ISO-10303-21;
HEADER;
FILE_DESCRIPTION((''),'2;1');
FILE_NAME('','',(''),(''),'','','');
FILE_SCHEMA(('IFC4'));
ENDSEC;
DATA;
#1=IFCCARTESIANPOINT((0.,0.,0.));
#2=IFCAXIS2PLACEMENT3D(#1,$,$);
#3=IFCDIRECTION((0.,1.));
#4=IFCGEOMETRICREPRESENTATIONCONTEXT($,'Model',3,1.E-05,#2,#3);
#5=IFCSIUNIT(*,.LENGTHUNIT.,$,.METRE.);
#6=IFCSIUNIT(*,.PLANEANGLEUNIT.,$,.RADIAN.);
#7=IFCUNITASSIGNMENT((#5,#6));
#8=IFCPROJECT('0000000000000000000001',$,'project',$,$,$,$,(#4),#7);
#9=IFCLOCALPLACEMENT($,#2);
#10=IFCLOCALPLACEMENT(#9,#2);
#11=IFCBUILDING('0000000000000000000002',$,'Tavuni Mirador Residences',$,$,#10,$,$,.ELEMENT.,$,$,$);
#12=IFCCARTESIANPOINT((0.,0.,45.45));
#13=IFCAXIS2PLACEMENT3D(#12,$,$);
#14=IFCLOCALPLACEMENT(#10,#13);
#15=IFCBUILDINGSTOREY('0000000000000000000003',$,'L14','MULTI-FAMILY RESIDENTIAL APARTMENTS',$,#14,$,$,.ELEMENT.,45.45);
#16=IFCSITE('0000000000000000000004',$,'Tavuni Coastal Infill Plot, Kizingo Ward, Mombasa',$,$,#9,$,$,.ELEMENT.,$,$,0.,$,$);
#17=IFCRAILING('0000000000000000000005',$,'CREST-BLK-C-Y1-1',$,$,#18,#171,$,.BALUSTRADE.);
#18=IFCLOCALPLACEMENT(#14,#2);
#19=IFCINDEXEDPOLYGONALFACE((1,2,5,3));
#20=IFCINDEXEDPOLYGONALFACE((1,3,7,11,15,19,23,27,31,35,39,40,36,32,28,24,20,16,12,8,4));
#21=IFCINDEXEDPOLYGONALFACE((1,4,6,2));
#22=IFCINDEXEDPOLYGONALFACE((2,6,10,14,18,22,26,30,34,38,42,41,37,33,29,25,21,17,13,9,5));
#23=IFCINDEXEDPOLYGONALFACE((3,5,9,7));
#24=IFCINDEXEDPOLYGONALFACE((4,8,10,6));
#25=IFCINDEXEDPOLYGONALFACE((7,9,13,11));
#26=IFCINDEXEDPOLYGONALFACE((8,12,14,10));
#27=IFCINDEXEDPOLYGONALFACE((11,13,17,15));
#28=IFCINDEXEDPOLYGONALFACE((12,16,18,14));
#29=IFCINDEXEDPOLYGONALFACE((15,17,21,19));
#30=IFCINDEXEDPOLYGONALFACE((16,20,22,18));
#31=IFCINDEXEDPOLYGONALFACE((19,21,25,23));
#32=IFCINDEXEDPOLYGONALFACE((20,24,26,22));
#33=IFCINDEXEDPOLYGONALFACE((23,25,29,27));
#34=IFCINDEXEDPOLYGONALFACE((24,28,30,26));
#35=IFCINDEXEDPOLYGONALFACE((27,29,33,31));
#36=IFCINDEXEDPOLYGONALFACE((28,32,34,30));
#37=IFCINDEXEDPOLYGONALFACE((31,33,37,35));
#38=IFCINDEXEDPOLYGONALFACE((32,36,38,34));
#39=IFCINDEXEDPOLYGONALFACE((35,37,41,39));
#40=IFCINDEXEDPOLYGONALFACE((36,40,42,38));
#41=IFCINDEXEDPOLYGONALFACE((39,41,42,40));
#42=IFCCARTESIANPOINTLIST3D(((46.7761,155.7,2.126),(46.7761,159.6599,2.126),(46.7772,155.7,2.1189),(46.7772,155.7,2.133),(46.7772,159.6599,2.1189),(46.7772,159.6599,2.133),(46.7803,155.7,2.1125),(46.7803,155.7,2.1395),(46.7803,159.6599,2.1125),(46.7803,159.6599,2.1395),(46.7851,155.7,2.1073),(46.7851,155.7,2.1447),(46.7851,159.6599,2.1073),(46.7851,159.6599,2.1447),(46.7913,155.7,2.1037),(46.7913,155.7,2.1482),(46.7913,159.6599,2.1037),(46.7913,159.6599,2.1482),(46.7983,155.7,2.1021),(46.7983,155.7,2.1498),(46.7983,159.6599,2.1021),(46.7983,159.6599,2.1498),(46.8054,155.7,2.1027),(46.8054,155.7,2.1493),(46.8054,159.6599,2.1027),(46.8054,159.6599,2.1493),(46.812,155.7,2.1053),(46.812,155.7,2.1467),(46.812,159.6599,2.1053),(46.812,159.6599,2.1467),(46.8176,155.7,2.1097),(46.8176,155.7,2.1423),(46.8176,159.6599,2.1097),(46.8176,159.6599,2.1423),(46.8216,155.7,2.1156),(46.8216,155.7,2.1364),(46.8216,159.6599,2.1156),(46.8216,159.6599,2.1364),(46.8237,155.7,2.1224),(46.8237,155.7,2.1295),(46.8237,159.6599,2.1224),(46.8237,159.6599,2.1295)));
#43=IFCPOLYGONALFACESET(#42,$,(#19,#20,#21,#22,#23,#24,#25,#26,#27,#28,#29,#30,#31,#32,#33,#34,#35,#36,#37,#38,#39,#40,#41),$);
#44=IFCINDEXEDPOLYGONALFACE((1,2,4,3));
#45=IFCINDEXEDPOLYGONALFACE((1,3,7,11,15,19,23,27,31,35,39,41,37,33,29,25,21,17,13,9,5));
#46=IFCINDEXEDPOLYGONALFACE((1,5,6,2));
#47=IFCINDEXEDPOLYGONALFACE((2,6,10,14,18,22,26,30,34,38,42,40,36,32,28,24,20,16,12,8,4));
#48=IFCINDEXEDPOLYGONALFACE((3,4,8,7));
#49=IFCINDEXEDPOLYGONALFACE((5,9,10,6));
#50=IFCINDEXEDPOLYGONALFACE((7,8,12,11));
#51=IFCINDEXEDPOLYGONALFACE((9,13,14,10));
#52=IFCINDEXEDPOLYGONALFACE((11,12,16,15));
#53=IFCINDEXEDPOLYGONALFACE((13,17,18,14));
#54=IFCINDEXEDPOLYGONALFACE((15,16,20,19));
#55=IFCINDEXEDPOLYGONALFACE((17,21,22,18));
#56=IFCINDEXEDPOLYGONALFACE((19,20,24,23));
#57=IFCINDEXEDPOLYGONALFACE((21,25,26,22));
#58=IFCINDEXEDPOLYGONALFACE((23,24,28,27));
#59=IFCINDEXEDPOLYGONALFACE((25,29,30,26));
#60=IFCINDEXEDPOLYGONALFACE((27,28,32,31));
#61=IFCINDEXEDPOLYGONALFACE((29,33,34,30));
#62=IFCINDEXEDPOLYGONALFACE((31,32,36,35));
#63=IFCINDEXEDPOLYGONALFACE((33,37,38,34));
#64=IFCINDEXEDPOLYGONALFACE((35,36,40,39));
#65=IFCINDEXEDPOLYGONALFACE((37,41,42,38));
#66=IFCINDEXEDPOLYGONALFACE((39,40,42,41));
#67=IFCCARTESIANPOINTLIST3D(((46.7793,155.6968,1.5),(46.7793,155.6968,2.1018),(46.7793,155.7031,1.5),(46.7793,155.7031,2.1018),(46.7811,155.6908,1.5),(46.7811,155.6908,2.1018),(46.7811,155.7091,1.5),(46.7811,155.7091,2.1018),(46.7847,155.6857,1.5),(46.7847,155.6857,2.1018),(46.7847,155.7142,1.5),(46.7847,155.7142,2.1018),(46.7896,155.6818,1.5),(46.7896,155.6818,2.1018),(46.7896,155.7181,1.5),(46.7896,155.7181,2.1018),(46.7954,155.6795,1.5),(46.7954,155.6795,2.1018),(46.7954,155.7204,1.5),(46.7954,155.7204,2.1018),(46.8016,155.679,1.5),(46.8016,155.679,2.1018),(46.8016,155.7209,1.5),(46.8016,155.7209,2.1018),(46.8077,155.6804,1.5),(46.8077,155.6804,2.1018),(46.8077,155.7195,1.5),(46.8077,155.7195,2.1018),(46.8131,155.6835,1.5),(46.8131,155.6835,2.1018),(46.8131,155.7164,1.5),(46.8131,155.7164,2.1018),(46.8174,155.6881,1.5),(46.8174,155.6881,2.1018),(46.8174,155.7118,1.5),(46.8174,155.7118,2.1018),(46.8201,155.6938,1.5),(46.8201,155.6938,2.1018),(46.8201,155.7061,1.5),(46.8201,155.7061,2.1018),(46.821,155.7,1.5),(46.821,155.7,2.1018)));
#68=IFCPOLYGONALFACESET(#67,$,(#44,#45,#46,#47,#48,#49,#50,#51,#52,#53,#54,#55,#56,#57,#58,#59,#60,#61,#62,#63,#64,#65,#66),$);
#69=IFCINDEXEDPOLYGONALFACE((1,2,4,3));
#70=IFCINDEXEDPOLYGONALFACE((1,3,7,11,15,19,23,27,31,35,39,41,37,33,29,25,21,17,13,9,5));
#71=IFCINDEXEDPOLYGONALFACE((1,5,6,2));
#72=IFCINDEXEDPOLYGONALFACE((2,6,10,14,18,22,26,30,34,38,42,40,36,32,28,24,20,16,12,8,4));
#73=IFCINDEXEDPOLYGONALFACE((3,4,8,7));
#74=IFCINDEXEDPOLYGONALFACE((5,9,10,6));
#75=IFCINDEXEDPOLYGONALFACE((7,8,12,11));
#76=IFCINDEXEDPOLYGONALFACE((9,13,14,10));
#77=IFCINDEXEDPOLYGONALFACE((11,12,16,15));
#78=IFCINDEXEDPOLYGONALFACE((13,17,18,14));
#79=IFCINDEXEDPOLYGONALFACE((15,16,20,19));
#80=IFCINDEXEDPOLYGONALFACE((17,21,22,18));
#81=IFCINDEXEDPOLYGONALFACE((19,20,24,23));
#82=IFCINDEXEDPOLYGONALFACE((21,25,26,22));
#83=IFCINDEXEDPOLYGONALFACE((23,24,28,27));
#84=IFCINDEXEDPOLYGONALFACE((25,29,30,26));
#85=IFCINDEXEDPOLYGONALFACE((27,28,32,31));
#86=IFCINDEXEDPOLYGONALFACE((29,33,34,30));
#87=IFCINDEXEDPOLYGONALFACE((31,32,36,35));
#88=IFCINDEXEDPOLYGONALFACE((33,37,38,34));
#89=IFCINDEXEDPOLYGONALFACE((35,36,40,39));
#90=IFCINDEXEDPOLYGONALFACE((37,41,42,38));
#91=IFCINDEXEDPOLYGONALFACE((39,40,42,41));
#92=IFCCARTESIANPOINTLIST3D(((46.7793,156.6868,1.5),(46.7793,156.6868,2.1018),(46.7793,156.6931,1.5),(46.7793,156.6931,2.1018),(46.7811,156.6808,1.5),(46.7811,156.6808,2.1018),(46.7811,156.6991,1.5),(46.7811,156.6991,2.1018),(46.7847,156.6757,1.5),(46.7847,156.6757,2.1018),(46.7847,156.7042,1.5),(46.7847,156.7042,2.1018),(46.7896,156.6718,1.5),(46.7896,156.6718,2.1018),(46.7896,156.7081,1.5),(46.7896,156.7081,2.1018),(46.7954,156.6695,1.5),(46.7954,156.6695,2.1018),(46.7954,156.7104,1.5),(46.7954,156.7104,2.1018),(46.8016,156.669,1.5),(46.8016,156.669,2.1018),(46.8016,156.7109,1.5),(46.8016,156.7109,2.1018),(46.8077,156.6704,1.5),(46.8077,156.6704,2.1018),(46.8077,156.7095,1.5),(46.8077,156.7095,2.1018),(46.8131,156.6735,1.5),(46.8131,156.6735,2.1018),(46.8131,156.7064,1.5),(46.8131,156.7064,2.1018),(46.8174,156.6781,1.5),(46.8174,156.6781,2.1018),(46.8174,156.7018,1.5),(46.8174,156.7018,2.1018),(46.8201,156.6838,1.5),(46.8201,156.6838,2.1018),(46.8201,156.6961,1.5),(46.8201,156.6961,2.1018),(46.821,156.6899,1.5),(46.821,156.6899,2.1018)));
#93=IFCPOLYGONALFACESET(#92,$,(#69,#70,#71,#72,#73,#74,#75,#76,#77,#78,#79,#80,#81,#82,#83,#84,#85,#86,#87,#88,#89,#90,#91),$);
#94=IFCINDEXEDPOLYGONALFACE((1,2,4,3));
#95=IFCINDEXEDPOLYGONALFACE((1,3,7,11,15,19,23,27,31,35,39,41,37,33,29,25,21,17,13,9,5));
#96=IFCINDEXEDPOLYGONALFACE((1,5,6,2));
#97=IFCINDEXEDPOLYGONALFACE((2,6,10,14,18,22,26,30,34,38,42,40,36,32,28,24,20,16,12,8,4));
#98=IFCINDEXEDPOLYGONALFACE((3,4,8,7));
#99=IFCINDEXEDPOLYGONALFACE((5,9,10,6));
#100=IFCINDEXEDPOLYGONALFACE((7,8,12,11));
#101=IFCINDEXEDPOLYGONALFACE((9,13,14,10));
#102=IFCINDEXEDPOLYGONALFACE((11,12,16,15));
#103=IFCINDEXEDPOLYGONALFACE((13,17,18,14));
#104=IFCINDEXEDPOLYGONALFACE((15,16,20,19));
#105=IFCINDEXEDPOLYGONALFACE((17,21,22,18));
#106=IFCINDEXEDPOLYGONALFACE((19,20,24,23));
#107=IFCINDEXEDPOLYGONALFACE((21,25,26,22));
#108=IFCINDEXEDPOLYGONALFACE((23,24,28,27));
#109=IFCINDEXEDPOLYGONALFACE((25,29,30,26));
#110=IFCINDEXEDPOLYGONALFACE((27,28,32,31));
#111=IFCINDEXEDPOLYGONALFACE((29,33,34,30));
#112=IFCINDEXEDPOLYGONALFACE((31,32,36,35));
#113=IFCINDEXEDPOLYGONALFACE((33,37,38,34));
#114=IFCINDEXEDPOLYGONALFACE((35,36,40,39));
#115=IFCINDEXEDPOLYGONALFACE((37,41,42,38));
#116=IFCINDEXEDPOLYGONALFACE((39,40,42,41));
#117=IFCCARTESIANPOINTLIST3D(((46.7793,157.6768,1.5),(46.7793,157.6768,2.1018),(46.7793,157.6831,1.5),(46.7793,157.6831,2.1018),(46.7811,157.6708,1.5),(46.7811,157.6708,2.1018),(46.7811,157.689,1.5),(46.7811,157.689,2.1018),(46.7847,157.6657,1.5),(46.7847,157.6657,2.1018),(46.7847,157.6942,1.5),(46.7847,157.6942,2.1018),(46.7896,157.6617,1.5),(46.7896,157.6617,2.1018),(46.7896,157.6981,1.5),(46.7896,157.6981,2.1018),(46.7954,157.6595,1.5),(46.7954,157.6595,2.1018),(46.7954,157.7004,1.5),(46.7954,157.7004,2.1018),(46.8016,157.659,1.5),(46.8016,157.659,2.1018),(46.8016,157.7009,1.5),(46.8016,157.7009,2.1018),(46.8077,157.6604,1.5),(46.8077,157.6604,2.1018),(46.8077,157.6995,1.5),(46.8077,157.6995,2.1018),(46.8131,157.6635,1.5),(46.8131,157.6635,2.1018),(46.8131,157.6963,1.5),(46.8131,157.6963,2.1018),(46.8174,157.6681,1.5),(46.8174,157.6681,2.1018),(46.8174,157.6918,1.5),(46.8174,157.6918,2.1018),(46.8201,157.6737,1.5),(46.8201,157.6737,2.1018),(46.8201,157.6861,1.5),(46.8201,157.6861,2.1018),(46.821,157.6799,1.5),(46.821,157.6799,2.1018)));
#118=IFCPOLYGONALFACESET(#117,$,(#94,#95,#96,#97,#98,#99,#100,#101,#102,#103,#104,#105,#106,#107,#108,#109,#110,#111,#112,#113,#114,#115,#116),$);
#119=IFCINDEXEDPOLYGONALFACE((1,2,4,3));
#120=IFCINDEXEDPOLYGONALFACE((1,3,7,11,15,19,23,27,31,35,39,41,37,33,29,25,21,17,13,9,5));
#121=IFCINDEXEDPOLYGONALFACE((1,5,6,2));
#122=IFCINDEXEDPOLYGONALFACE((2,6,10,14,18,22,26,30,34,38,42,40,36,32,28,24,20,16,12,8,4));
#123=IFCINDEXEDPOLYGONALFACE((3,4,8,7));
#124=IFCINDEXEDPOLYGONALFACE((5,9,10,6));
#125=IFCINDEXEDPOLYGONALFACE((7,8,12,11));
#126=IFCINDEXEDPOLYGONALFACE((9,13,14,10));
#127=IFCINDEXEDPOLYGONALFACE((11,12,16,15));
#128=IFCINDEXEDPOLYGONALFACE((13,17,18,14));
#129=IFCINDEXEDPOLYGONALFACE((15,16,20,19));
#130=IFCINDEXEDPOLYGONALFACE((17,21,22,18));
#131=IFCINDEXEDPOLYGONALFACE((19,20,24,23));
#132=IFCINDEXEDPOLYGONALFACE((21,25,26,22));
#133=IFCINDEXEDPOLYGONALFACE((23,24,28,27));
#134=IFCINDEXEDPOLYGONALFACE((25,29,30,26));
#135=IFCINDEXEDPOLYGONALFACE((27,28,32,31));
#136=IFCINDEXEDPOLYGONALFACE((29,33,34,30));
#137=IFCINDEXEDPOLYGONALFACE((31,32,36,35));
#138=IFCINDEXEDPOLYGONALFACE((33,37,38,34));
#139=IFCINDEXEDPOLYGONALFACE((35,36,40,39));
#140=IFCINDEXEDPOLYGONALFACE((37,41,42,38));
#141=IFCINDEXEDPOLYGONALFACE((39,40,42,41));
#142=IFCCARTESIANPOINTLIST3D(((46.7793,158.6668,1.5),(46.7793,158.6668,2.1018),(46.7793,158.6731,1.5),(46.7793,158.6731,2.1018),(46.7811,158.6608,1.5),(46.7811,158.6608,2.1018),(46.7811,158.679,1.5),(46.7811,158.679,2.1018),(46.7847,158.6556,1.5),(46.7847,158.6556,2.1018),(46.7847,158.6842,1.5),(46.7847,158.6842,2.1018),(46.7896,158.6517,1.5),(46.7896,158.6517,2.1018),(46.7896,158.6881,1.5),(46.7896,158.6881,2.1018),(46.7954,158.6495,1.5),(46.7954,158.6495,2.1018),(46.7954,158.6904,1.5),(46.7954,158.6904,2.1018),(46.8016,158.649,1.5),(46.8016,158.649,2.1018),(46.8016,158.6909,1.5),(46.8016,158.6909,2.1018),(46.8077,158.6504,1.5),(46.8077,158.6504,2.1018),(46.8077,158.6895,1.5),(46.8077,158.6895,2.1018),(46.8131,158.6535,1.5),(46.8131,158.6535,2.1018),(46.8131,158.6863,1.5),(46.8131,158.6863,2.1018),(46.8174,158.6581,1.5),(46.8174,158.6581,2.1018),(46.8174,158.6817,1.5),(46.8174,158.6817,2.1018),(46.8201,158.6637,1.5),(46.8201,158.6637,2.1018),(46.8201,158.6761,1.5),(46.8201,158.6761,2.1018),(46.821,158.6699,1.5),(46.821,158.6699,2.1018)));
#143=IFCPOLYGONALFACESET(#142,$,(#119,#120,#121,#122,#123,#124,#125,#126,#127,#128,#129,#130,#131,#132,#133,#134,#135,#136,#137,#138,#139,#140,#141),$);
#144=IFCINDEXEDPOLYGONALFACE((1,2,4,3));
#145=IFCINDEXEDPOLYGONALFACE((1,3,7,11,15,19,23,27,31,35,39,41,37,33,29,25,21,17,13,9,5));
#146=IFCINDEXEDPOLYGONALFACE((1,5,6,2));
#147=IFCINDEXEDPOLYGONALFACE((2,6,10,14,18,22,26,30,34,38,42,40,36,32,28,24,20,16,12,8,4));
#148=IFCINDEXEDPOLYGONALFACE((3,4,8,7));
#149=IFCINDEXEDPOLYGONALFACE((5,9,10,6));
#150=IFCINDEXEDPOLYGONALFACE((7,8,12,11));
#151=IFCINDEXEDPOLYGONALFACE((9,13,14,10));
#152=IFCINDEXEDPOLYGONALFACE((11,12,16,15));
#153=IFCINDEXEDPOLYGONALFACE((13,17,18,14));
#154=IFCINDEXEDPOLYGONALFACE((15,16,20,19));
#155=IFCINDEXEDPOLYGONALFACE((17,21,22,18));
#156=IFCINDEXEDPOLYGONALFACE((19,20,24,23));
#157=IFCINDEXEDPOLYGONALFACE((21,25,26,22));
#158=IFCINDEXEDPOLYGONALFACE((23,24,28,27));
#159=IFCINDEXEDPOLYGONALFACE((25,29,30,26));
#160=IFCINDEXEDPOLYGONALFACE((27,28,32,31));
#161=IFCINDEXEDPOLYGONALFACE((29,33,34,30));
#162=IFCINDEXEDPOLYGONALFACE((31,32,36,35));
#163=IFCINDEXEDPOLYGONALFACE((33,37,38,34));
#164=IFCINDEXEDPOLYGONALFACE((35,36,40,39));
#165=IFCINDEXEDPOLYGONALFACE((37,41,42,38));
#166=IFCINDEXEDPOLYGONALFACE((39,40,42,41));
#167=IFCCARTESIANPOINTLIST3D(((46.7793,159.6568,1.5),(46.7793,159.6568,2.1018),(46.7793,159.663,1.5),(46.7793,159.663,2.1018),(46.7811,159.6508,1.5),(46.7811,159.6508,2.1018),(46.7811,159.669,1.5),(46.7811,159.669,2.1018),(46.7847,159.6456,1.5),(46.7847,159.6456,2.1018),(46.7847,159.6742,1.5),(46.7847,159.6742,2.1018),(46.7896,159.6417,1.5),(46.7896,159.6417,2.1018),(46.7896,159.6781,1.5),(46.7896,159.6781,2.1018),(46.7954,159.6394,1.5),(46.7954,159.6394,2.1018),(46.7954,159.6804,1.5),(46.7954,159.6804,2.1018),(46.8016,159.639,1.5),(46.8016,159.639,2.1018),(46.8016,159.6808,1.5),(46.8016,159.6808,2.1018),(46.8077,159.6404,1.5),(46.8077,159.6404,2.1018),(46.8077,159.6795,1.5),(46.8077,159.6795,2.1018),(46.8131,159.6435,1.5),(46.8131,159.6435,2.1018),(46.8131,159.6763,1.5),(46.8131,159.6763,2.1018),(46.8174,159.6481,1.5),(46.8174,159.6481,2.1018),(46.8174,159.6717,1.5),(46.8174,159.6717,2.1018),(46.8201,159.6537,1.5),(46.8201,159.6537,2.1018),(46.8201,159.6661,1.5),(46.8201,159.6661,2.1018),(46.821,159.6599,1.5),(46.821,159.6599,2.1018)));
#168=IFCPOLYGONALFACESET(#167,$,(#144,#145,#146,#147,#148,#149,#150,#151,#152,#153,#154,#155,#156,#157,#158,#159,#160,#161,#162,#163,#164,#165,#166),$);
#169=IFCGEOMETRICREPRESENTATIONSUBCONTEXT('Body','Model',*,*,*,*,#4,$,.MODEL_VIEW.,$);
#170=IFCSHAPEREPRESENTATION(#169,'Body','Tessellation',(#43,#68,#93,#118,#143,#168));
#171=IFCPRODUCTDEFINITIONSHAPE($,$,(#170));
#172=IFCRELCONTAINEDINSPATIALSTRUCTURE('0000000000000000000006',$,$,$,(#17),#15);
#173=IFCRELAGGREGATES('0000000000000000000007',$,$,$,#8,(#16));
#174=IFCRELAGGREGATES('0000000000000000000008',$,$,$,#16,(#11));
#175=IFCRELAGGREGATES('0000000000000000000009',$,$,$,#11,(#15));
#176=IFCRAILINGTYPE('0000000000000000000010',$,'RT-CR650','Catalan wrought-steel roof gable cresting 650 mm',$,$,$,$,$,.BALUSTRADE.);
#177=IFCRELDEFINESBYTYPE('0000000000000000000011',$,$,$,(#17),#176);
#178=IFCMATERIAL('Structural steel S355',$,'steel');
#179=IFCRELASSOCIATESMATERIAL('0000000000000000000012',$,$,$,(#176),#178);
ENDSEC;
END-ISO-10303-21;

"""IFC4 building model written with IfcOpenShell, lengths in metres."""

from ifc_helpers import new_model, si_unit, direction, frame, origin, origin_2d, place, context, subcontext, project, spatial, circle, extrude, material, type_object, element, save


model = new_model("IFC4")

# Units and contexts
model_context = context("Model", 3, precision=1e-05, world=origin(), true_north=direction((0.0, 1.0)))
body_context = subcontext(model_context, "Body", "Model", "MODEL_VIEW")
ifc_project = project(units=[si_unit("LENGTHUNIT", "METRE"), si_unit("PLANEANGLEUNIT", "RADIAN")], contexts=[model_context])

# Site, building, storey
site_placement = place(None, origin())
site = spatial("IfcSite", under=ifc_project, at=site_placement, Name="Tavuni Coastal Infill Plot, Kizingo Ward, Mombasa", CompositionType="ELEMENT", RefElevation=0.0)
building_placement = place(site_placement, origin())
building = spatial("IfcBuilding", under=site, at=building_placement, Name="Tavuni Mirador Residences", CompositionType="ELEMENT")
storey_placement = place(building_placement, frame((0.0, 0.0, 45.45)))
storey = spatial("IfcBuildingStorey", under=building, at=storey_placement, Name="L14", Description="MULTI-FAMILY RESIDENTIAL APARTMENTS", CompositionType="ELEMENT", Elevation=45.45)

# Shared definitions
ifc_material_1 = material(Name="Structural steel S355", Category="steel")

# Railing
railing_type = type_object("IfcRailingType", Name="RT-CR650", Description="Catalan wrought-steel roof gable cresting 650 mm", PredefinedType="BALUSTRADE", material=ifc_material_1)
railing_1_placement = place(storey_placement, frame((46.8, 155.7, 1.5)))
element("IfcRailing", 1, at=railing_1_placement, inside=storey, type_object=railing_type, Name="CREST-BLK-C-Y1-1", PredefinedType="BALUSTRADE", context=body_context, shape_type="SweptSolid", body=[
    extrude(circle(Radius=0.0239, at=origin_2d()), frame((0.0, 0.0, 0.626), z_axis=(0.0, 1.0, 0.0), x_axis=(-1.0, 0.0, 0.0)), (0.0, 0.0, 1.0), 3.96),
    extrude(circle(Radius=0.021, at=origin_2d()), origin(), (0.0, 0.0, 1.0), 0.6018),
    extrude(circle(Radius=0.021, at=origin_2d()), frame((0.0, 0.99, 0.0)), (0.0, 0.0, 1.0), 0.6018),
    extrude(circle(Radius=0.021, at=origin_2d()), frame((0.0, 1.98, 0.0)), (0.0, 0.0, 1.0), 0.6018),
    extrude(circle(Radius=0.021, at=origin_2d()), frame((0.0, 2.97, 0.0)), (0.0, 0.0, 1.0), 0.6018),
    extrude(circle(Radius=0.021, at=origin_2d()), frame((0.0, 3.96, 0.0)), (0.0, 0.0, 1.0), 0.6018),
])

save(model, "model.ifc")
